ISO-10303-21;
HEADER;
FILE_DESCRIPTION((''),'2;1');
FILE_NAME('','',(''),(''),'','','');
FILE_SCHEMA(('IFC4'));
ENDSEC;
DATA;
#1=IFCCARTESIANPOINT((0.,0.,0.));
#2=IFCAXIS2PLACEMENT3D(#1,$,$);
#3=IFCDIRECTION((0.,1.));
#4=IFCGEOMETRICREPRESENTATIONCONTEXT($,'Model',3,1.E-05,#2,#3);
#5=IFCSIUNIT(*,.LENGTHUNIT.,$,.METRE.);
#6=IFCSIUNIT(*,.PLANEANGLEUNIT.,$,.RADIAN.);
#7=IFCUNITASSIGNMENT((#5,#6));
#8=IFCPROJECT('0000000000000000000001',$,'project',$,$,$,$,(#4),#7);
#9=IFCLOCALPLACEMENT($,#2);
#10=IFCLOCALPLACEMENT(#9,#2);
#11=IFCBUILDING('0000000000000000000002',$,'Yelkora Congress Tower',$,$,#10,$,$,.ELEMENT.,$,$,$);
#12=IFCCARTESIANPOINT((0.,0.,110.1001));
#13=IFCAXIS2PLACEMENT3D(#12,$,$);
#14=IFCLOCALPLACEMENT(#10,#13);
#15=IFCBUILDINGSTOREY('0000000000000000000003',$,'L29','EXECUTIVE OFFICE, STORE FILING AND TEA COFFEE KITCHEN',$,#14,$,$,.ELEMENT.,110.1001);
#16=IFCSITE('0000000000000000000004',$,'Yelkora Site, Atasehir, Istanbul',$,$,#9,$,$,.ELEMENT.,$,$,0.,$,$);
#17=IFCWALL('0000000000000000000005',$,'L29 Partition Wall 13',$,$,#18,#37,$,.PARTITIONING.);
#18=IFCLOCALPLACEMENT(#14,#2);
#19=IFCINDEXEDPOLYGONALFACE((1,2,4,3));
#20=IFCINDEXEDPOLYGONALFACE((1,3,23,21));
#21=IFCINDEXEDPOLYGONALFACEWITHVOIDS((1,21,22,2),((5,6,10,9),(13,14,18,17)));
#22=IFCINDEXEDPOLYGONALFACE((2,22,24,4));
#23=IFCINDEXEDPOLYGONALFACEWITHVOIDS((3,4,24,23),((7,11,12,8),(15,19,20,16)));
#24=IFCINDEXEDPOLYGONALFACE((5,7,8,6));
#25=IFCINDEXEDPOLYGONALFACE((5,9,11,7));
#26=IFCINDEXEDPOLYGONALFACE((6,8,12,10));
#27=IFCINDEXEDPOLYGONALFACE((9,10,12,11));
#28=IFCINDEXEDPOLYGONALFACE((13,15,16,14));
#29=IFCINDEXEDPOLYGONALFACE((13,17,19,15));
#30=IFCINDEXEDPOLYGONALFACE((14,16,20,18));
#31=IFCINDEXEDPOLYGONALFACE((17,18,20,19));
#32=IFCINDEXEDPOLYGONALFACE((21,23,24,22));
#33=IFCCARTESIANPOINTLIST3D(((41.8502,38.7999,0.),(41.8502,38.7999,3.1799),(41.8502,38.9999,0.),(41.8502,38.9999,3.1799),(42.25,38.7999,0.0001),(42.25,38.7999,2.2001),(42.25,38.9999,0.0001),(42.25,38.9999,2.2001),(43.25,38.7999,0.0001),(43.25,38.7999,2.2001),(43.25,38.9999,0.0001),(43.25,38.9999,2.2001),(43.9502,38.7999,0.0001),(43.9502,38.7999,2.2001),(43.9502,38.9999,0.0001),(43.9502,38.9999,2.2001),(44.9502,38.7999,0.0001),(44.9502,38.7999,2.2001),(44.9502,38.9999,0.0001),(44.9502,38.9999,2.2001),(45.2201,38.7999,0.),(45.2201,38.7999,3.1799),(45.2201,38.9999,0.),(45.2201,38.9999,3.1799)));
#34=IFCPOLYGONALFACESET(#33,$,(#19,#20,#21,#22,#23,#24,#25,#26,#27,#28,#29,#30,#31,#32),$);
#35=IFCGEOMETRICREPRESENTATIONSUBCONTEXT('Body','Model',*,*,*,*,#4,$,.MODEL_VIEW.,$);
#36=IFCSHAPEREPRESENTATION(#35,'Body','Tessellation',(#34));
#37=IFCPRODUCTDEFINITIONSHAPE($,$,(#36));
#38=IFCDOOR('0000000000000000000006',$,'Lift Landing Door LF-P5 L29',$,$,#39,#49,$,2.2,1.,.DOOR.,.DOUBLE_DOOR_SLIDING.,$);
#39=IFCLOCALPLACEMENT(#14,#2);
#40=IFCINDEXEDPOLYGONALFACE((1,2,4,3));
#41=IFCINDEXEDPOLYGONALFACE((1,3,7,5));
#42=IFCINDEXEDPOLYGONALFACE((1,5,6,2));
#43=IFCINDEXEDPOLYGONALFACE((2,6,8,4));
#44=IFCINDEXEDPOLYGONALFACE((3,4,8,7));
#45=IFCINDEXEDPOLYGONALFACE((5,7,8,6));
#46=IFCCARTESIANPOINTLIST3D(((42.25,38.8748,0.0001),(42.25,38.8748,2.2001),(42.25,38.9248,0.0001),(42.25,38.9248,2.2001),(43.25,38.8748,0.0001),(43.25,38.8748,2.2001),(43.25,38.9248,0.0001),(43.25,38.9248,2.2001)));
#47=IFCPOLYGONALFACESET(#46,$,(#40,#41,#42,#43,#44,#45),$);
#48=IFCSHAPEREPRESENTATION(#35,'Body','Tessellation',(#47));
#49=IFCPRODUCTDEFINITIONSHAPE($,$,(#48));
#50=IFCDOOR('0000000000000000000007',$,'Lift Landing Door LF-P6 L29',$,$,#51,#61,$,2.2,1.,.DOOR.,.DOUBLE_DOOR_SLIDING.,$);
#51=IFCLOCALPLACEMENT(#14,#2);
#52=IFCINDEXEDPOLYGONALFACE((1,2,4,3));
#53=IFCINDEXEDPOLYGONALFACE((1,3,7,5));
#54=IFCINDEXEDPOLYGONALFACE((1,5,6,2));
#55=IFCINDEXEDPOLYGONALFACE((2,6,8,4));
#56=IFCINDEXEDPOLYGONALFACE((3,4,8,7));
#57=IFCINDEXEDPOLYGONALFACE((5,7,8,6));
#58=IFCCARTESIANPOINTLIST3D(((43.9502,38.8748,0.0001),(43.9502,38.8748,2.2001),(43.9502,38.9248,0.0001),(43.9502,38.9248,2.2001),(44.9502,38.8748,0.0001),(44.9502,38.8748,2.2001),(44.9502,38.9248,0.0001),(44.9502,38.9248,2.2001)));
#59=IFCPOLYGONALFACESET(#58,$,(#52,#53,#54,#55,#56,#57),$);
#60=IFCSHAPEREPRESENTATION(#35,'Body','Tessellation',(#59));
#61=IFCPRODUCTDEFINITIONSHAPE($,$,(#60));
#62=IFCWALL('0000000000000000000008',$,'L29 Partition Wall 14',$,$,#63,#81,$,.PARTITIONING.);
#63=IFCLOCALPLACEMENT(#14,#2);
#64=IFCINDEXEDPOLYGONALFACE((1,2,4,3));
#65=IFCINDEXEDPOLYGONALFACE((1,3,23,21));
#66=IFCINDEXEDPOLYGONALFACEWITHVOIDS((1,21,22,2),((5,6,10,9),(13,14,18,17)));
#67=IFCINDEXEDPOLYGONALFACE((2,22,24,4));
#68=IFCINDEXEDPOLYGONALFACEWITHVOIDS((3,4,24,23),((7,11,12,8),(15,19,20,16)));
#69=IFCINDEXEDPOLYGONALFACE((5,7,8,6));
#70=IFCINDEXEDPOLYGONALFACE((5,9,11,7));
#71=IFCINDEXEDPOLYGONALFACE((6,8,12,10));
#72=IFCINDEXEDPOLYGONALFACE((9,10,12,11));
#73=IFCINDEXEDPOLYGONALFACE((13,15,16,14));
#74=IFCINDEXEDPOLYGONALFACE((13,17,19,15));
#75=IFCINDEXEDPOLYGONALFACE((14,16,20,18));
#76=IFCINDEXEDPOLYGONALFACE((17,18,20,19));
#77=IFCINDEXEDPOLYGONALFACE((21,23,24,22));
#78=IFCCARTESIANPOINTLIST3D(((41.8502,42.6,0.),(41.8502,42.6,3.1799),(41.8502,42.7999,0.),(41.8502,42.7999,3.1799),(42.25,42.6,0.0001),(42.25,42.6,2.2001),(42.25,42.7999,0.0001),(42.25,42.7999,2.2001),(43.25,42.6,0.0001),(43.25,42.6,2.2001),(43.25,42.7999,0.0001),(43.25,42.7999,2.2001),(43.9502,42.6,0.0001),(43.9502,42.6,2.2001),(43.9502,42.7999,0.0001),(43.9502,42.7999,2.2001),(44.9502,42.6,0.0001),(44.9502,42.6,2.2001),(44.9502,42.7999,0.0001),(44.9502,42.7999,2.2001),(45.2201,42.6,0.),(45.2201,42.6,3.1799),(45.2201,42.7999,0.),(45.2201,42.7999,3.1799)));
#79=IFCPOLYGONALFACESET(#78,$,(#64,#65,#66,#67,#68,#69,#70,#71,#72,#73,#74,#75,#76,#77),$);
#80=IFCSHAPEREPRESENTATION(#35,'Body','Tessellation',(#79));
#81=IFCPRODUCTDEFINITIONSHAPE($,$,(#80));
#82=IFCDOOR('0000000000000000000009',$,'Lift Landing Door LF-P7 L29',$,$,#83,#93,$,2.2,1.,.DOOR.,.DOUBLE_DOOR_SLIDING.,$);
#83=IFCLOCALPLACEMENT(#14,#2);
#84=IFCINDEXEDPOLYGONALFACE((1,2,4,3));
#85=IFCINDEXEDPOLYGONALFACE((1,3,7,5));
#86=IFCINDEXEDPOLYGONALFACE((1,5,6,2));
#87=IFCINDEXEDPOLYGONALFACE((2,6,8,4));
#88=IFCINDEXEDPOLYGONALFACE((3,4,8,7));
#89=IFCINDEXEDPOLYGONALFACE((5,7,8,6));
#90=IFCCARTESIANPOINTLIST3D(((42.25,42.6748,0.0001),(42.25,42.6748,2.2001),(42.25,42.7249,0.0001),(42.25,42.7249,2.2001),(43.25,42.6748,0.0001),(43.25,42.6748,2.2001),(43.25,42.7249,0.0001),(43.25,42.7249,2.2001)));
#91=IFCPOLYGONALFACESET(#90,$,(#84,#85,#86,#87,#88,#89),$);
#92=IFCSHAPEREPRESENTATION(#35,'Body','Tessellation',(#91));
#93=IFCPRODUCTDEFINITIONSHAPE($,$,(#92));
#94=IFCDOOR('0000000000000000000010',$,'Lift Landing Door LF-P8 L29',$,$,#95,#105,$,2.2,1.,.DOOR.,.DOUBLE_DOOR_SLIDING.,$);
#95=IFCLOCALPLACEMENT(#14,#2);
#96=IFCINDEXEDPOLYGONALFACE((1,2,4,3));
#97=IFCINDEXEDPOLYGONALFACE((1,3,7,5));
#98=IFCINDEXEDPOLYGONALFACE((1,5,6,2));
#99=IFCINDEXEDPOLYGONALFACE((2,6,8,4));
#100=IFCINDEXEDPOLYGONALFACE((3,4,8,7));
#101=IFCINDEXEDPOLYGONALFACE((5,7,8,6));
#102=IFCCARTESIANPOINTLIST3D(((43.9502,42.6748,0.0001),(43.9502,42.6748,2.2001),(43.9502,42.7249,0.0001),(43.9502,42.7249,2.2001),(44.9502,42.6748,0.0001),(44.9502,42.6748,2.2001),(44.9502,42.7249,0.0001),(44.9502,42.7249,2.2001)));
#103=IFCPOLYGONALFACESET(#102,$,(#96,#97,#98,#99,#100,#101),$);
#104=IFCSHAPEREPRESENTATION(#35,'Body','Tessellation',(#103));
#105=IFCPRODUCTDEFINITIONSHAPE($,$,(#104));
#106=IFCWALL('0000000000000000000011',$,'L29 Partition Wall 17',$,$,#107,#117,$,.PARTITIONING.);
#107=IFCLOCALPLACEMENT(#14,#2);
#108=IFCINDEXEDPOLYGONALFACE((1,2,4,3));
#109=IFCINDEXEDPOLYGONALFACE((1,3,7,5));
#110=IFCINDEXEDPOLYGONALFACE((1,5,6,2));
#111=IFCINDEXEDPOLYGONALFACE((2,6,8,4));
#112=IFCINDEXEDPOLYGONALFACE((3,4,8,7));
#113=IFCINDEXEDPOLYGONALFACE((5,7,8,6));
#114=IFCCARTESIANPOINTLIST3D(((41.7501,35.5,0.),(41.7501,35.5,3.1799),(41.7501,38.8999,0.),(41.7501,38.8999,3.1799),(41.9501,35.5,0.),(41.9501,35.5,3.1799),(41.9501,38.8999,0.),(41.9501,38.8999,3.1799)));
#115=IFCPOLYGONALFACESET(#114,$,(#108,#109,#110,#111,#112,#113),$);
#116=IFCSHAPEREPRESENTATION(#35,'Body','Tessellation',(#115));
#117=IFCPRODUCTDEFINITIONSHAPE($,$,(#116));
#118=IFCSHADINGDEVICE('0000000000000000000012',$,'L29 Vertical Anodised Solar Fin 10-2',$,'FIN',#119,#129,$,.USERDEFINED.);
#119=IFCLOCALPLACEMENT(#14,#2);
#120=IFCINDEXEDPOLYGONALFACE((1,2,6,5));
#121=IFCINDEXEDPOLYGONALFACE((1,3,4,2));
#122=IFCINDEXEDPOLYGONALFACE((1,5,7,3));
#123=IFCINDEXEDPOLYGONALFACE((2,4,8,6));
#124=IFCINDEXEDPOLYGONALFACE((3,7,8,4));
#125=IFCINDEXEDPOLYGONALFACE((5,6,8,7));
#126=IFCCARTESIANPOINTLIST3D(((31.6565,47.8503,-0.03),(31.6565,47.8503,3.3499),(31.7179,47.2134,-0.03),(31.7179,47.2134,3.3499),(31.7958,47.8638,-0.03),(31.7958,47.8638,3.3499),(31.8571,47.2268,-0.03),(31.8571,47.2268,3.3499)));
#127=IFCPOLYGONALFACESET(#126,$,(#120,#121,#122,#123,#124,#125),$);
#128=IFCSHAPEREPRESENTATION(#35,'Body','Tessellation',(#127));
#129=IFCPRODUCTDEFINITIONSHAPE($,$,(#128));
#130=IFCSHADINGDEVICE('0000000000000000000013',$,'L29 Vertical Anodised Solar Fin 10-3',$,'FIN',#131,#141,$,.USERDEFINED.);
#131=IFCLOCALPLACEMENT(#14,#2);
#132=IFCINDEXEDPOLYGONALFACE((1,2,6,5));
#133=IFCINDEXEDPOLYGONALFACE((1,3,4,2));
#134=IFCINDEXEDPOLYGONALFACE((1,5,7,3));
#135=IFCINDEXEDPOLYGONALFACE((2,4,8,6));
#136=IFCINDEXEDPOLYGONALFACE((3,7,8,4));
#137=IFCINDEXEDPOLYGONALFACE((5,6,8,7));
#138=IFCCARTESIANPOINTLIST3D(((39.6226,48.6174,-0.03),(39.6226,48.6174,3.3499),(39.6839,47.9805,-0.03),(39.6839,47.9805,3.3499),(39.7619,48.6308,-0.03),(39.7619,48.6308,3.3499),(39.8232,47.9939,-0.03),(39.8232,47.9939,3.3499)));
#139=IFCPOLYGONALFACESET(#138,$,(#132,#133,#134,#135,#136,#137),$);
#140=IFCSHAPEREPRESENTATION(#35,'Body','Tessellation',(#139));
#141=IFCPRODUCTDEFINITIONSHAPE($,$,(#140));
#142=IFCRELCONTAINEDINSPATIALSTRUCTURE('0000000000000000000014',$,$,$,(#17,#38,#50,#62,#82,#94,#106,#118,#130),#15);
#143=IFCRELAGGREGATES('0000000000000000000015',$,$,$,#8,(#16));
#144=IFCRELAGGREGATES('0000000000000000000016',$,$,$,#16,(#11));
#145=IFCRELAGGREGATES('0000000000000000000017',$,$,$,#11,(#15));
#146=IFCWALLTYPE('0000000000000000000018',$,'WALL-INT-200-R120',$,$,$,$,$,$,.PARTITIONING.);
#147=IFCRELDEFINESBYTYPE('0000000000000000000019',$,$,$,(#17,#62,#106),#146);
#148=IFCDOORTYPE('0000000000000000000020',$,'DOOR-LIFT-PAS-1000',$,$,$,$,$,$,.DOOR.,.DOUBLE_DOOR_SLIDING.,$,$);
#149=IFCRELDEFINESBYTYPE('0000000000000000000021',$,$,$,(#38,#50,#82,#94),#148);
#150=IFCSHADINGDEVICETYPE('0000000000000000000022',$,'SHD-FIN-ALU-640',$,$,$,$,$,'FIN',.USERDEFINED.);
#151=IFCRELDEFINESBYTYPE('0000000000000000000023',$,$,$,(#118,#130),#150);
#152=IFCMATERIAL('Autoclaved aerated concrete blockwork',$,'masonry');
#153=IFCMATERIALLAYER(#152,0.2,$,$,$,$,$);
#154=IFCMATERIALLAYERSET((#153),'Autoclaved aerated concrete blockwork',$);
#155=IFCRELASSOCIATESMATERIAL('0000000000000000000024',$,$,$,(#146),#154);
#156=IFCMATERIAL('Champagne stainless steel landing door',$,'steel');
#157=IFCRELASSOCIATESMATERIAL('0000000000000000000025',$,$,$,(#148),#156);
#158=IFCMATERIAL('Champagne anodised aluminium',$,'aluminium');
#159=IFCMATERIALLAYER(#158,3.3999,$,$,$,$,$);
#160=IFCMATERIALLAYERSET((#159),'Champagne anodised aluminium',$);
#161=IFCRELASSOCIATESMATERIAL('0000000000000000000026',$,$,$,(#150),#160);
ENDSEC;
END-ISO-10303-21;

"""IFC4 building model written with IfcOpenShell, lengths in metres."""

from ifc_helpers import new_model, si_unit, direction, frame, frame_2d, origin, origin_2d, place, context, subcontext, project, spatial, rectangle, extrude, material, layer, layer_set, type_object, element, fill, save


model = new_model("IFC4")

# Units and contexts
model_context = context("Model", 3, precision=1e-05, world=origin(), true_north=direction((0.0, 1.0)))
body_context = subcontext(model_context, "Body", "Model", "MODEL_VIEW")
ifc_project = project(units=[si_unit("LENGTHUNIT", "METRE"), si_unit("PLANEANGLEUNIT", "RADIAN")], contexts=[model_context])

# Site, building, storey
site_placement = place(None, origin())
site = spatial("IfcSite", under=ifc_project, at=site_placement, Name="Yelkora Site, Atasehir, Istanbul", CompositionType="ELEMENT", RefElevation=0.0)
building_placement = place(site_placement, origin())
building = spatial("IfcBuilding", under=site, at=building_placement, Name="Yelkora Congress Tower", CompositionType="ELEMENT")
storey_placement = place(building_placement, frame((0.0, 0.0, 110.1001)))
storey = spatial("IfcBuildingStorey", under=building, at=storey_placement, Name="L29", Description="EXECUTIVE OFFICE, STORE FILING AND TEA COFFEE KITCHEN", CompositionType="ELEMENT", Elevation=110.1001)

# Shared definitions
ifc_material_1 = material(Name="Autoclaved aerated concrete blockwork", Category="masonry")
ifc_layer_1 = layer(ifc_material_1, 0.2)
ifc_layer_set_1 = layer_set([ifc_layer_1], Name="Autoclaved aerated concrete blockwork")
wall_type_1 = type_object("IfcWallType", Name="WALL-INT-200-R120", PredefinedType="PARTITIONING", material=ifc_layer_set_1)

# Walls, openings, doors
wall_1_placement = place(storey_placement, frame((41.8501, 38.8999, 0.0), z_axis=(0.0, 0.0, 1.0), x_axis=(1.0, 0.0, 0.0)))
wall_1 = element("IfcWall", 1, at=wall_1_placement, inside=storey, type_object=wall_type_1, Name="L29 Partition Wall 13", PredefinedType="PARTITIONING", context=body_context, shape_type="SweptSolid", body=[
    extrude(rectangle(XDim=3.3699, YDim=0.2, at=frame_2d((1.6851, 0.0))), origin(), (0.0, 0.0, 1.0), 3.1799),
])
opening_1_placement = place(wall_1_placement, frame((0.3999, 0.0, 0.0)))
opening_1 = element("IfcOpeningElement", 2, at=opening_1_placement, cuts=wall_1, PredefinedType="OPENING", context=body_context, shape_type="SweptSolid", body=[
    extrude(rectangle(XDim=1.0, YDim=2.2, at=frame_2d((0.5, 1.1001))), frame((0.0, 0.1099, 0.0), z_axis=(0.0, -1.0, 0.0), x_axis=(1.0, 0.0, 0.0)), (0.0, 0.0, 1.0), 0.22),
])
opening_2_placement = place(wall_1_placement, frame((2.1001, 0.0, 0.0)))
opening_2 = element("IfcOpeningElement", 3, at=opening_2_placement, cuts=wall_1, PredefinedType="OPENING", context=body_context, shape_type="SweptSolid", body=[
    extrude(rectangle(XDim=1.0, YDim=2.2, at=frame_2d((0.5, 1.1001))), frame((0.0, 0.1099, 0.0), z_axis=(0.0, -1.0, 0.0), x_axis=(1.0, 0.0, 0.0)), (0.0, 0.0, 1.0), 0.22),
])
ifc_material_2 = material(Name="Champagne stainless steel landing door", Category="steel")
door_type_1 = type_object("IfcDoorType", Name="DOOR-LIFT-PAS-1000", OperationType="DOUBLE_DOOR_SLIDING", PredefinedType="DOOR", material=ifc_material_2)
door_1_placement = place(opening_1_placement, origin())
door_1 = element("IfcDoor", 4, at=door_1_placement, inside=storey, type_object=door_type_1, Name="Lift Landing Door LF-P5 L29", OperationType="DOUBLE_DOOR_SLIDING", OverallHeight=2.2, OverallWidth=1.0, PredefinedType="DOOR", context=body_context, shape_type="SweptSolid", body=[
    extrude(rectangle(XDim=1.0, YDim=2.2, at=frame_2d((0.5, 1.1001))), frame((0.0, 0.0249, 0.0), z_axis=(0.0, -1.0, 0.0), x_axis=(1.0, 0.0, 0.0)), (0.0, 0.0, 1.0), 0.05),
])
fill(opening_1, door_1)
door_2_placement = place(opening_2_placement, origin())
door_2 = element("IfcDoor", 5, at=door_2_placement, inside=storey, type_object=door_type_1, Name="Lift Landing Door LF-P6 L29", OperationType="DOUBLE_DOOR_SLIDING", OverallHeight=2.2, OverallWidth=1.0, PredefinedType="DOOR", context=body_context, shape_type="SweptSolid", body=[
    extrude(rectangle(XDim=1.0, YDim=2.2, at=frame_2d((0.5, 1.1001))), frame((0.0, 0.0249, 0.0), z_axis=(0.0, -1.0, 0.0), x_axis=(1.0, 0.0, 0.0)), (0.0, 0.0, 1.0), 0.05),
])
fill(opening_2, door_2)
wall_2_placement = place(storey_placement, frame((41.8501, 42.7, 0.0), z_axis=(0.0, 0.0, 1.0), x_axis=(1.0, 0.0, 0.0)))
wall_2 = element("IfcWall", 6, at=wall_2_placement, inside=storey, type_object=wall_type_1, Name="L29 Partition Wall 14", PredefinedType="PARTITIONING", context=body_context, shape_type="SweptSolid", body=[
    extrude(rectangle(XDim=3.3699, YDim=0.2, at=frame_2d((1.6851, 0.0))), origin(), (0.0, 0.0, 1.0), 3.1799),
])
opening_3_placement = place(wall_2_placement, frame((0.3999, 0.0, 0.0)))
opening_3 = element("IfcOpeningElement", 7, at=opening_3_placement, cuts=wall_2, PredefinedType="OPENING", context=body_context, shape_type="SweptSolid", body=[
    extrude(rectangle(XDim=1.0, YDim=2.2, at=frame_2d((0.5, 1.1001))), frame((0.0, 0.1099, 0.0), z_axis=(0.0, -1.0, 0.0), x_axis=(1.0, 0.0, 0.0)), (0.0, 0.0, 1.0), 0.22),
])
opening_4_placement = place(wall_2_placement, frame((2.1001, 0.0, 0.0)))
opening_4 = element("IfcOpeningElement", 8, at=opening_4_placement, cuts=wall_2, PredefinedType="OPENING", context=body_context, shape_type="SweptSolid", body=[
    extrude(rectangle(XDim=1.0, YDim=2.2, at=frame_2d((0.5, 1.1001))), frame((0.0, 0.1099, 0.0), z_axis=(0.0, -1.0, 0.0), x_axis=(1.0, 0.0, 0.0)), (0.0, 0.0, 1.0), 0.22),
])
door_3_placement = place(opening_3_placement, origin())
door_3 = element("IfcDoor", 9, at=door_3_placement, inside=storey, type_object=door_type_1, Name="Lift Landing Door LF-P7 L29", OperationType="DOUBLE_DOOR_SLIDING", OverallHeight=2.2, OverallWidth=1.0, PredefinedType="DOOR", context=body_context, shape_type="SweptSolid", body=[
    extrude(rectangle(XDim=1.0, YDim=2.2, at=frame_2d((0.5, 1.1001))), frame((0.0, 0.0249, 0.0), z_axis=(0.0, -1.0, 0.0), x_axis=(1.0, 0.0, 0.0)), (0.0, 0.0, 1.0), 0.05),
])
fill(opening_3, door_3)
door_4_placement = place(opening_4_placement, origin())
door_4 = element("IfcDoor", 10, at=door_4_placement, inside=storey, type_object=door_type_1, Name="Lift Landing Door LF-P8 L29", OperationType="DOUBLE_DOOR_SLIDING", OverallHeight=2.2, OverallWidth=1.0, PredefinedType="DOOR", context=body_context, shape_type="SweptSolid", body=[
    extrude(rectangle(XDim=1.0, YDim=2.2, at=frame_2d((0.5, 1.1001))), frame((0.0, 0.0249, 0.0), z_axis=(0.0, -1.0, 0.0), x_axis=(1.0, 0.0, 0.0)), (0.0, 0.0, 1.0), 0.05),
])
fill(opening_4, door_4)

# Wall
wall_3_placement = place(storey_placement, frame((41.8501, 35.5, 0.0), z_axis=(0.0, 0.0, 1.0), x_axis=(0.0, 1.0, 0.0)))
element("IfcWall", 11, at=wall_3_placement, inside=storey, type_object=wall_type_1, Name="L29 Partition Wall 17", PredefinedType="PARTITIONING", context=body_context, shape_type="SweptSolid", body=[
    extrude(rectangle(XDim=3.3999, YDim=0.2, at=frame_2d((1.7, 0.0))), origin(), (0.0, 0.0, 1.0), 3.1799),
])

# Shading devices
ifc_material_3 = material(Name="Champagne anodised aluminium", Category="aluminium")
ifc_layer_2 = layer(ifc_material_3, 3.3999)
ifc_layer_set_2 = layer_set([ifc_layer_2], Name="Champagne anodised aluminium")
shading_device_type = type_object("IfcShadingDeviceType", Name="SHD-FIN-ALU-640", ElementType="FIN", PredefinedType="USERDEFINED", material=ifc_layer_set_2)
for number, where, z_axis, x_axis, name in (
    (12, (31.7568, 47.5386, -0.03), (0.0, 0.0, 1.0), (0.995396, 0.095846, 0.0), "L29 Vertical Anodised Solar Fin 10-2"),
    (13, (39.7229, 48.3057, -0.03), (0.0, 0.0, 1.0), (0.995396, 0.095846, 0.0), "L29 Vertical Anodised Solar Fin 10-3"),
):
    element("IfcShadingDevice", number, at=place(storey_placement, frame(where, z_axis=z_axis, x_axis=x_axis)), inside=storey, type_object=shading_device_type, Name=name, ObjectType="FIN", PredefinedType="USERDEFINED", context=body_context, shape_type="SweptSolid", body=[
        extrude(rectangle(XDim=0.1399, YDim=0.6399, at=origin_2d()), origin(), (0.0, 0.0, 1.0), 3.3799),
    ])

save(model, "model.ifc")
